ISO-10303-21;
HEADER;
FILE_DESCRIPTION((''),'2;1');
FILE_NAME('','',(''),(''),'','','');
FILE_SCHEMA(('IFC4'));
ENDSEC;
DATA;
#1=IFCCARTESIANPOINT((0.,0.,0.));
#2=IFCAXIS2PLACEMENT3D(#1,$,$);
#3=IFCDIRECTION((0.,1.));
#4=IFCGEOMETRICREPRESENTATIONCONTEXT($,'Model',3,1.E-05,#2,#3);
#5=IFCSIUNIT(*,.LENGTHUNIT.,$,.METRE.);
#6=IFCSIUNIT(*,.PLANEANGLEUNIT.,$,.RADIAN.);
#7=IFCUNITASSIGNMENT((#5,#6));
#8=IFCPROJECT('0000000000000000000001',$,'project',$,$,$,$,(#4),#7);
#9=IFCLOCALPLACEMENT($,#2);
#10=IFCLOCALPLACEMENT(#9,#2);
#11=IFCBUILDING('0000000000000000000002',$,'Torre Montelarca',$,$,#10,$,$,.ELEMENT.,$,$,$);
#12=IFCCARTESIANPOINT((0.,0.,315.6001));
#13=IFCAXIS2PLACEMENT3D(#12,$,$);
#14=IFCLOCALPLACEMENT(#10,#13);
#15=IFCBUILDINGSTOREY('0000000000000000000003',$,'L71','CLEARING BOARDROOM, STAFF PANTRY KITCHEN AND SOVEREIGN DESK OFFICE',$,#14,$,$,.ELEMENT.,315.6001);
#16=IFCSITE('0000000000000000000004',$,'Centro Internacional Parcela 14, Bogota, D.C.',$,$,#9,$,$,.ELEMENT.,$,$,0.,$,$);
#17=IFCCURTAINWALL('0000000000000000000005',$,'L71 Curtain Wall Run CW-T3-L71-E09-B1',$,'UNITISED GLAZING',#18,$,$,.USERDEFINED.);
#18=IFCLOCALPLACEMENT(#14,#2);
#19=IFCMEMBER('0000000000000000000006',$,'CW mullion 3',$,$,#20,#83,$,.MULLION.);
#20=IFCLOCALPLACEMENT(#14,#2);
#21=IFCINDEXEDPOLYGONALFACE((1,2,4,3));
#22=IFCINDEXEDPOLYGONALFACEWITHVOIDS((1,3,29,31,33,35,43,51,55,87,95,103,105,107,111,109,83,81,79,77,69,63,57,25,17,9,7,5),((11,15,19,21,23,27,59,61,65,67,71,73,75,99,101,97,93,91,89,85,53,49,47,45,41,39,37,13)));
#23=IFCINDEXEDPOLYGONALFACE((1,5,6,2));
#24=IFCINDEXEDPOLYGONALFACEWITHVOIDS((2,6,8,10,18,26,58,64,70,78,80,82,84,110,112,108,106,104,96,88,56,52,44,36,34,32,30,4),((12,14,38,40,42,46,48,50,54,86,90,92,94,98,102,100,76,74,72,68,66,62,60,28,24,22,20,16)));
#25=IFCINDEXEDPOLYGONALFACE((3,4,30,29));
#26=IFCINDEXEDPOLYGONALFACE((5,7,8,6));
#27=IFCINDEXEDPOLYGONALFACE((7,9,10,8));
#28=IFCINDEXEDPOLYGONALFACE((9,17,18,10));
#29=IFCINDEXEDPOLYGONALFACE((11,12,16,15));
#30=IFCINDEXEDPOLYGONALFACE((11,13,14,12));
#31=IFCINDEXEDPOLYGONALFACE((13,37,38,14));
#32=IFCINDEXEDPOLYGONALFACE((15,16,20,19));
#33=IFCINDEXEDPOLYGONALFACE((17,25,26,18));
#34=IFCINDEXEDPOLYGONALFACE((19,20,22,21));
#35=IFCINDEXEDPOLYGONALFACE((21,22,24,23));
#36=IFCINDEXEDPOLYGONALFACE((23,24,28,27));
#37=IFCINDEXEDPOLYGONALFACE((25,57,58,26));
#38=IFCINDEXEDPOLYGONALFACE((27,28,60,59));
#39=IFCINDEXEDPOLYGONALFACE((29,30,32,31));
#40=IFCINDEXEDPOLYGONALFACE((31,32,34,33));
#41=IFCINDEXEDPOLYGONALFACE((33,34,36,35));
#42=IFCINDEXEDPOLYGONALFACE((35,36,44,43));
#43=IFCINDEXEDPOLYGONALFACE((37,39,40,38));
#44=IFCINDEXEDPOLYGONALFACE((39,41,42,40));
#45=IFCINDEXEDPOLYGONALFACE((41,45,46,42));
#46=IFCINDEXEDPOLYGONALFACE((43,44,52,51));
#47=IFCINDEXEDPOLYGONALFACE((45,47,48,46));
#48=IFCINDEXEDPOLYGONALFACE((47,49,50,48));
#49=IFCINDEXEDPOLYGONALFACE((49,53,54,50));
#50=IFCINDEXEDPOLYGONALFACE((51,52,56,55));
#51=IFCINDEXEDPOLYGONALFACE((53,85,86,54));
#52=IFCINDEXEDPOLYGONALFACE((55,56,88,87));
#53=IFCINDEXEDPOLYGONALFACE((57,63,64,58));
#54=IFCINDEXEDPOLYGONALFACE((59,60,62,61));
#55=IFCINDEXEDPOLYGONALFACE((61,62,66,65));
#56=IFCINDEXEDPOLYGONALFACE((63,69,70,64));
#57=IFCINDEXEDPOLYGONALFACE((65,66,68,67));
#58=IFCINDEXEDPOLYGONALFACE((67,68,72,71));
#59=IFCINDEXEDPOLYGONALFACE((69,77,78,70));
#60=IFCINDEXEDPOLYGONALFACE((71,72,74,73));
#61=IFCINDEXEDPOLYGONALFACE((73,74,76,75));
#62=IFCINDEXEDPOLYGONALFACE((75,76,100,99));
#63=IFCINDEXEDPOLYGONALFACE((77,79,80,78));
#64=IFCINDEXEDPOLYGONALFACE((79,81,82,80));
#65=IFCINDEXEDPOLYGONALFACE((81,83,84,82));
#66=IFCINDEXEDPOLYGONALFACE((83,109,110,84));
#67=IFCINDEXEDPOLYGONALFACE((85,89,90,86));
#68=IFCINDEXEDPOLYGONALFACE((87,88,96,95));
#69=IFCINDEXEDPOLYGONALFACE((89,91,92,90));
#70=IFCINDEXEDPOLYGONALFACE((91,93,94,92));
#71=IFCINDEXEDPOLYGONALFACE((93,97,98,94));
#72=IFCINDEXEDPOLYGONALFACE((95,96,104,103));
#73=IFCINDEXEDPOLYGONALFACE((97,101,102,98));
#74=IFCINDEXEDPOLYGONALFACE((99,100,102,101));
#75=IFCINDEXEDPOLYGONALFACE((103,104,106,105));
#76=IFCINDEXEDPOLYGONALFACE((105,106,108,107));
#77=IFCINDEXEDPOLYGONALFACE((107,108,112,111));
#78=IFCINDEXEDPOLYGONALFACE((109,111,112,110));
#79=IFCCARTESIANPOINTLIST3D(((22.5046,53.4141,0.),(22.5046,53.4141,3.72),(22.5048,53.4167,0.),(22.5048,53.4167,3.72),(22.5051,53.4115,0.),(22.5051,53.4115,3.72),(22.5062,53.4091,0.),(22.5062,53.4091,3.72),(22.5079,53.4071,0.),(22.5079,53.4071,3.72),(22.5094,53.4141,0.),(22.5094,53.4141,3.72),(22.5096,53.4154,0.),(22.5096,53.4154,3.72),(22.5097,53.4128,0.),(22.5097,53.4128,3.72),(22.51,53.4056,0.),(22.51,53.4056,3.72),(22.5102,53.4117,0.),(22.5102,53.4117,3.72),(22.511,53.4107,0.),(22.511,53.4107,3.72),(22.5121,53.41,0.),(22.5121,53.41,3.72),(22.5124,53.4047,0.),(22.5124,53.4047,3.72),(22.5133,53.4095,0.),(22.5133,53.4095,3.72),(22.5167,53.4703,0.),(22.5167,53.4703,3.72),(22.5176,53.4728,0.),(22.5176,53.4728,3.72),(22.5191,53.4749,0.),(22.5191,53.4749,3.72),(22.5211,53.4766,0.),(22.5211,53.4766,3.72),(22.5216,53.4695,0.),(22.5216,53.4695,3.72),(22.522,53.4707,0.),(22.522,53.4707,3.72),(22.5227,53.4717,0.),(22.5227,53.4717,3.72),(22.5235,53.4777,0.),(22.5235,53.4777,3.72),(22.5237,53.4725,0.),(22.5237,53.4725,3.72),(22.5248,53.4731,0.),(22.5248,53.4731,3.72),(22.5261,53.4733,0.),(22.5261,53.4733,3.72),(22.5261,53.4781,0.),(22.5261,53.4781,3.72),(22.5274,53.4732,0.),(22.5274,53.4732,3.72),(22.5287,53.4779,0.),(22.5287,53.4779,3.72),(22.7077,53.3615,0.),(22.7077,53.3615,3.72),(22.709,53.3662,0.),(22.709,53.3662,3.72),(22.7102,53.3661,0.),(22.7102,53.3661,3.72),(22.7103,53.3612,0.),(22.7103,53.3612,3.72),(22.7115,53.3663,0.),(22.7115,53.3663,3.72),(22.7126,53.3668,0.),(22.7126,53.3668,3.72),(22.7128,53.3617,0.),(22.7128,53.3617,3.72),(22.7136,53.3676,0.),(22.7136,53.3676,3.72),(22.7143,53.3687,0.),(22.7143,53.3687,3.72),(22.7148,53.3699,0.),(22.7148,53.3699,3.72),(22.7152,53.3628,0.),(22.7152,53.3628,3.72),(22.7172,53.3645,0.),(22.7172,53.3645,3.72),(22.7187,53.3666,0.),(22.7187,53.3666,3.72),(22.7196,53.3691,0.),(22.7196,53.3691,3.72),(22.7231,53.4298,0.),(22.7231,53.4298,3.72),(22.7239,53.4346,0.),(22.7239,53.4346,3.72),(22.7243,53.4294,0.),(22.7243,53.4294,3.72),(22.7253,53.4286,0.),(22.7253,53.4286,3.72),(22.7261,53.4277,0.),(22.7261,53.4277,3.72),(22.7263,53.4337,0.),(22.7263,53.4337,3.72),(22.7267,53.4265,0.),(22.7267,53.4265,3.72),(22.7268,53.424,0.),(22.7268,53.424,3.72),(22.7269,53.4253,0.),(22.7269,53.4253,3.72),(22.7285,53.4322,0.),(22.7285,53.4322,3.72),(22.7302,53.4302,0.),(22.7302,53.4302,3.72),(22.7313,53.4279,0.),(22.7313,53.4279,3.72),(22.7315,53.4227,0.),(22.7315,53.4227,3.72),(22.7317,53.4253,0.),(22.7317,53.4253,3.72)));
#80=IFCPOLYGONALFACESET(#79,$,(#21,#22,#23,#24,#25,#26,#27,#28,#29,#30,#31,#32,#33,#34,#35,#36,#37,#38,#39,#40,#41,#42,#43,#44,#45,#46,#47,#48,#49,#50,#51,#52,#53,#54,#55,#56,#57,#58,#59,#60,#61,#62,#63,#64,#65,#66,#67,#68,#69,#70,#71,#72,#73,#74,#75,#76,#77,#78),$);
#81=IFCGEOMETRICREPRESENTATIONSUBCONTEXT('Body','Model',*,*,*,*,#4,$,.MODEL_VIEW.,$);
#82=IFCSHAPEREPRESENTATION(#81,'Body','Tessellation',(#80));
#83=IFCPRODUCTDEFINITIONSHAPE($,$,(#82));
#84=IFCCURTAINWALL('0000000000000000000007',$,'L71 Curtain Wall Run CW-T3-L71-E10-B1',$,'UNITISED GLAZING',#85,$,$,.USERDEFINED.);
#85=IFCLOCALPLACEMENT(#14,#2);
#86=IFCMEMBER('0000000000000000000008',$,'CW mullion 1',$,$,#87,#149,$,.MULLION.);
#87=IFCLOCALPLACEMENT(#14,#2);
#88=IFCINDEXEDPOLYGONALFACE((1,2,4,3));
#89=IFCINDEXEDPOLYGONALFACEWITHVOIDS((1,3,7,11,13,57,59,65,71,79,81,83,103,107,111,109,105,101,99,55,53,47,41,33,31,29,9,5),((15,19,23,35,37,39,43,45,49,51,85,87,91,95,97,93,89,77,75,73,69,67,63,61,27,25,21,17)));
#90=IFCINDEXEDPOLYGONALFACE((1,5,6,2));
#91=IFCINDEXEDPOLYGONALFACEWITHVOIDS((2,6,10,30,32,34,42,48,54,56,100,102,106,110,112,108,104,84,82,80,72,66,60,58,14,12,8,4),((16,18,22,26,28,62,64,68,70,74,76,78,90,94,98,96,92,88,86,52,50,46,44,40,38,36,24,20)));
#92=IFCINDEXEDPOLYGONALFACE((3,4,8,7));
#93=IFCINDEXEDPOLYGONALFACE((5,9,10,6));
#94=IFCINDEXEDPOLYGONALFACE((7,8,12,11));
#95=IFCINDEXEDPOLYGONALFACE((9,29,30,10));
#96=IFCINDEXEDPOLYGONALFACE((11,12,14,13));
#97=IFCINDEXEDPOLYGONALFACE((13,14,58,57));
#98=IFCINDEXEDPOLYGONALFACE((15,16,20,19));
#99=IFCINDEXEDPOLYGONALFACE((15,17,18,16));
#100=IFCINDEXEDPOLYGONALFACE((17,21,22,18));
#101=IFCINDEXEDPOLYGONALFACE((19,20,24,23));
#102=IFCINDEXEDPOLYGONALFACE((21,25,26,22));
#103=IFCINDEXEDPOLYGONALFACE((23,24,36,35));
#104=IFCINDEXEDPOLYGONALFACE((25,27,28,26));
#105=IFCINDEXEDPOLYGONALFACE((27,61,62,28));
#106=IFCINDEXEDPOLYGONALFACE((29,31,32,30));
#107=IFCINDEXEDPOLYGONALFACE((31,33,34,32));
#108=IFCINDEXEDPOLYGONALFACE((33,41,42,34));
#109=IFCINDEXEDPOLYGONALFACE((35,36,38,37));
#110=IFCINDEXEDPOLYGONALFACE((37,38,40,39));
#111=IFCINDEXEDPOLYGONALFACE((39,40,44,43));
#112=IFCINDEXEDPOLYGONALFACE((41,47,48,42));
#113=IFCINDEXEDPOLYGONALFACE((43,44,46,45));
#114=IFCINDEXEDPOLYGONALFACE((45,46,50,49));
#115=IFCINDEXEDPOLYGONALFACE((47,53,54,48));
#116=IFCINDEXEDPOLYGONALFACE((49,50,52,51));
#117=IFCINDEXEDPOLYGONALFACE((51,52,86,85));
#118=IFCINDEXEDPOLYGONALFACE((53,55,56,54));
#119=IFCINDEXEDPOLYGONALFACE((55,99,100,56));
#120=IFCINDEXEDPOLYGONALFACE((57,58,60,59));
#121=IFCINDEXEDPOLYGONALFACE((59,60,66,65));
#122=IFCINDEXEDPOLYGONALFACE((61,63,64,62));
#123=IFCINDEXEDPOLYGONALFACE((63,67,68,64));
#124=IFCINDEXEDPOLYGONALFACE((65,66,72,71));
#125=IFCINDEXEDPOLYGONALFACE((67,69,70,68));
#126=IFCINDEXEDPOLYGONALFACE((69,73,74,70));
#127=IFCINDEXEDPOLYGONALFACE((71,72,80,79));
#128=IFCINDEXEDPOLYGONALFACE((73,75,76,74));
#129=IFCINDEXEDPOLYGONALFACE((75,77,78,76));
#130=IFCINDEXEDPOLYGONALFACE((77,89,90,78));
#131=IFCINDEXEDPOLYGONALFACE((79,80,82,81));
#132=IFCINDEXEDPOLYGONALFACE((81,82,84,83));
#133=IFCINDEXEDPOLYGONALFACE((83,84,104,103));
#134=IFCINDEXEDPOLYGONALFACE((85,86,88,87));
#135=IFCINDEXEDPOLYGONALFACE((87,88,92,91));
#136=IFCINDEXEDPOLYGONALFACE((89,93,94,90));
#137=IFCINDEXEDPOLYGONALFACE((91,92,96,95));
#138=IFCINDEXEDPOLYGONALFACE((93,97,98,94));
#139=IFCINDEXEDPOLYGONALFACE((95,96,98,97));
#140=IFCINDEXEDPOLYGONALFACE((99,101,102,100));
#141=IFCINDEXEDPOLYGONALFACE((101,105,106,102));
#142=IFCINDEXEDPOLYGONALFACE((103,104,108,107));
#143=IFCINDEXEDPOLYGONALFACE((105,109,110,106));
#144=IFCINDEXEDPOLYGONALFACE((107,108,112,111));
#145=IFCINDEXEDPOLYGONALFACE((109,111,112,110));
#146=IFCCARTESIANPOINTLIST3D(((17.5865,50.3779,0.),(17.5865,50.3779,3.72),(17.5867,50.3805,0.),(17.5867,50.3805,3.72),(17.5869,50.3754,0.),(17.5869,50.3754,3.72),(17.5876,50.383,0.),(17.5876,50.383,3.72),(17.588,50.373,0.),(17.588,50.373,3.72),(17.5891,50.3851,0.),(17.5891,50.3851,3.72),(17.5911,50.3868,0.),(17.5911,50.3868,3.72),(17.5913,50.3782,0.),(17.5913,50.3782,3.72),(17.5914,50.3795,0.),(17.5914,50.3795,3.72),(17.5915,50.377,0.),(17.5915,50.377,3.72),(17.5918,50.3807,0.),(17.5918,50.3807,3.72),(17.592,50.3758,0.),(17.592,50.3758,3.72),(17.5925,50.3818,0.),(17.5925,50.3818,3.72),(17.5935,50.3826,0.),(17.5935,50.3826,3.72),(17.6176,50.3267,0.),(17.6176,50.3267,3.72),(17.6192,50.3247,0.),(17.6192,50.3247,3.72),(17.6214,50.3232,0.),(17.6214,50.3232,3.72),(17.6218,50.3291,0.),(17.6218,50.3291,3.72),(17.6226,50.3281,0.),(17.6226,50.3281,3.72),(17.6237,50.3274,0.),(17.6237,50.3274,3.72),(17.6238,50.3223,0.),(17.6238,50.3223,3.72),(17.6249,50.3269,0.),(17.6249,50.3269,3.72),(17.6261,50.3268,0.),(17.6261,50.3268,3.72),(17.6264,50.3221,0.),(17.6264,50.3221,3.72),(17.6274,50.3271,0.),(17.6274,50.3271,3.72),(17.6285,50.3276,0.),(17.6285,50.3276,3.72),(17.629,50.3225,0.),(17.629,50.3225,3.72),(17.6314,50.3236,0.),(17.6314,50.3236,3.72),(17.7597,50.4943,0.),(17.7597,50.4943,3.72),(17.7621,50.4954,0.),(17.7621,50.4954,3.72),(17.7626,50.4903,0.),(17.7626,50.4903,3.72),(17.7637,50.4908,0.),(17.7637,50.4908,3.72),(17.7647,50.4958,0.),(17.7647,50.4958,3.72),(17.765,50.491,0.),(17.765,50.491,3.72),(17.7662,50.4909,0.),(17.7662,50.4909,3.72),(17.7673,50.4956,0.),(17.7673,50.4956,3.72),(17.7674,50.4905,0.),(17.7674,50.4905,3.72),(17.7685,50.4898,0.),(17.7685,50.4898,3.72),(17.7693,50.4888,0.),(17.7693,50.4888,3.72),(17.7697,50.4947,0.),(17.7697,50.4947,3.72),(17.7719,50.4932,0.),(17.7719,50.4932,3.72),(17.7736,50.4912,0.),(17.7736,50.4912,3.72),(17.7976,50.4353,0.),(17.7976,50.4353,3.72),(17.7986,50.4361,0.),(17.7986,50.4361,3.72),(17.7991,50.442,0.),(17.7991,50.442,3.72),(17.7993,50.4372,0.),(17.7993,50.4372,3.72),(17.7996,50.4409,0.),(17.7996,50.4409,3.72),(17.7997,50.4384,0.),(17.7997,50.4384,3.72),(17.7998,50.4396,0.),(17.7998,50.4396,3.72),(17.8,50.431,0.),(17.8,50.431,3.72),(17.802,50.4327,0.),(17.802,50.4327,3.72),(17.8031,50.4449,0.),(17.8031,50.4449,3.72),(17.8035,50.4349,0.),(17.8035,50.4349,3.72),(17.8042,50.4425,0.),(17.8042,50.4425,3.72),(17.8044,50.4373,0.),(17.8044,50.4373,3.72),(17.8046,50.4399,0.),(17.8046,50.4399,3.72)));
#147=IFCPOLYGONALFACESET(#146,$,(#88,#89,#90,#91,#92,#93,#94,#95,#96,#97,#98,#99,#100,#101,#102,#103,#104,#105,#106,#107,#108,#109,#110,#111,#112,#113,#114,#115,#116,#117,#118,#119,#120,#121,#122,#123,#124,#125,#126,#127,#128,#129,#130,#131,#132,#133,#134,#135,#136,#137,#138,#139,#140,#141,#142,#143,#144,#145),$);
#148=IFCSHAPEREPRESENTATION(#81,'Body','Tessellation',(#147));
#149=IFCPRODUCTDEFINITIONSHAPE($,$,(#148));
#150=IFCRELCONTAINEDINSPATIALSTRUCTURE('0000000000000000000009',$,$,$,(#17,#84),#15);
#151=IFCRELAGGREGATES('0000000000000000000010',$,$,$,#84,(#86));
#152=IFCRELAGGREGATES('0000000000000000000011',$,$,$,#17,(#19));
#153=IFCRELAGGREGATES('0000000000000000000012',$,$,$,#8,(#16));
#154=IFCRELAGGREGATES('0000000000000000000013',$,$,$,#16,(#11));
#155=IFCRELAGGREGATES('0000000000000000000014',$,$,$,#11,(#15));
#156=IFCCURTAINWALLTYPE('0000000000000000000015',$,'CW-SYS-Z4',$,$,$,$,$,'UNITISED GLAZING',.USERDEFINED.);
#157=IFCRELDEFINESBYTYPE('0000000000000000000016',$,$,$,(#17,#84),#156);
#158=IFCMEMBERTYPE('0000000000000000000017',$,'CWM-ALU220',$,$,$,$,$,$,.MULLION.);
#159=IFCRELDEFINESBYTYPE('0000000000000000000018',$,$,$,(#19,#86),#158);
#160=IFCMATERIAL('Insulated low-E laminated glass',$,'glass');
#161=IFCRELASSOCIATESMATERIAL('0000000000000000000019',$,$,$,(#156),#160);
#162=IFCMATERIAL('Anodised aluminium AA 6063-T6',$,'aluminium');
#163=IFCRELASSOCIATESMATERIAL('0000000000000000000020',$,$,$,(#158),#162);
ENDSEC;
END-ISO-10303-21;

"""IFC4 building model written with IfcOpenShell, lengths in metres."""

from ifc_helpers import new_model, si_unit, direction, frame, origin, origin_2d, place, context, subcontext, project, spatial, hollow_rectangle, extrude, source, transform, mapped, material, material_profile, profile_set, type_object, element, aggregate, save


model = new_model("IFC4")

# Units and contexts
model_context = context("Model", 3, precision=1e-05, world=origin(), true_north=direction((0.0, 1.0)))
body_context = subcontext(model_context, "Body", "Model", "MODEL_VIEW")
ifc_project = project(units=[si_unit("LENGTHUNIT", "METRE"), si_unit("PLANEANGLEUNIT", "RADIAN")], contexts=[model_context])

# Site, building, storey
site_placement = place(None, origin())
site = spatial("IfcSite", under=ifc_project, at=site_placement, Name="Centro Internacional Parcela 14, Bogota, D.C.", CompositionType="ELEMENT", RefElevation=0.0)
building_placement = place(site_placement, origin())
building = spatial("IfcBuilding", under=site, at=building_placement, Name="Torre Montelarca", CompositionType="ELEMENT")
storey_placement = place(building_placement, frame((0.0, 0.0, 315.6001)))
storey = spatial("IfcBuildingStorey", under=building, at=storey_placement, Name="L71", Description="CLEARING BOARDROOM, STAFF PANTRY KITCHEN AND SOVEREIGN DESK OFFICE", CompositionType="ELEMENT", Elevation=315.6001)

# Curtain wall, member
ifc_material_1 = material(Name="Insulated low-E laminated glass", Category="glass")
curtain_wall_type = type_object("IfcCurtainWallType", Name="CW-SYS-Z4", ElementType="UNITISED GLAZING", PredefinedType="USERDEFINED", material=ifc_material_1)
curtain_wall_1_placement = place(storey_placement, origin())
curtain_wall_1 = element("IfcCurtainWall", 1, at=curtain_wall_1_placement, inside=storey, type_object=curtain_wall_type, Name="L71 Curtain Wall Run CW-T3-L71-E09-B1", ObjectType="UNITISED GLAZING", PredefinedType="USERDEFINED")
ifc_material_2 = material(Name="Anodised aluminium AA 6063-T6", Category="aluminium")
ifc_material_profile_1 = material_profile(ifc_material_2, hollow_rectangle(XDim=0.075, YDim=0.22, WallThickness=0.0049, InnerFilletRadius=0.0049, OuterFilletRadius=0.01, at=origin_2d()), Name="ALU75X220X5", Category="aluminium")
ifc_profile_set_1 = profile_set([ifc_material_profile_1], Name="Anodised aluminium AA 6063-T6")
member_type_1 = type_object("IfcMemberType", Name="CWM-ALU220", PredefinedType="MULLION", material=ifc_profile_set_1)
shared_shape_1 = source(origin(), body_context, "Body", "SweptSolid", [
    extrude(hollow_rectangle(XDim=0.075, YDim=0.22, WallThickness=0.0049, InnerFilletRadius=0.0049, OuterFilletRadius=0.01, at=origin_2d()), origin(), (0.0, 0.0, 1.0), 3.72),
])
member_1_placement = place(storey_placement, frame((22.6182, 53.4197, 0.0), z_axis=(0.0, 0.0, 1.0), x_axis=(-0.216443, -0.976295, 0.0)))
member_1 = element("IfcMember", 2, at=member_1_placement, type_object=member_type_1, Name="CW mullion 3", PredefinedType="MULLION", context=body_context, shape_type="MappedRepresentation", body=[
    mapped(shared_shape_1, transform((0.0, 0.0, 0.0), scale=1.0)),
])

# Curtain wall, member
curtain_wall_2_placement = place(storey_placement, origin())
curtain_wall_2 = element("IfcCurtainWall", 3, at=curtain_wall_2_placement, inside=storey, type_object=curtain_wall_type, Name="L71 Curtain Wall Run CW-T3-L71-E10-B1", ObjectType="UNITISED GLAZING", PredefinedType="USERDEFINED")
member_2_placement = place(storey_placement, frame((17.6956, 50.4089, 0.0), z_axis=(0.0, 0.0, 1.0), x_axis=(0.537302, -0.84339, 0.0)))
member_2 = element("IfcMember", 4, at=member_2_placement, type_object=member_type_1, Name="CW mullion 1", PredefinedType="MULLION", context=body_context, shape_type="MappedRepresentation", body=[
    mapped(shared_shape_1, transform((0.0, 0.0, 0.0), scale=1.0)),
])

aggregate(curtain_wall_2, [member_2])

aggregate(curtain_wall_1, [member_1])

save(model, "model.ifc")
